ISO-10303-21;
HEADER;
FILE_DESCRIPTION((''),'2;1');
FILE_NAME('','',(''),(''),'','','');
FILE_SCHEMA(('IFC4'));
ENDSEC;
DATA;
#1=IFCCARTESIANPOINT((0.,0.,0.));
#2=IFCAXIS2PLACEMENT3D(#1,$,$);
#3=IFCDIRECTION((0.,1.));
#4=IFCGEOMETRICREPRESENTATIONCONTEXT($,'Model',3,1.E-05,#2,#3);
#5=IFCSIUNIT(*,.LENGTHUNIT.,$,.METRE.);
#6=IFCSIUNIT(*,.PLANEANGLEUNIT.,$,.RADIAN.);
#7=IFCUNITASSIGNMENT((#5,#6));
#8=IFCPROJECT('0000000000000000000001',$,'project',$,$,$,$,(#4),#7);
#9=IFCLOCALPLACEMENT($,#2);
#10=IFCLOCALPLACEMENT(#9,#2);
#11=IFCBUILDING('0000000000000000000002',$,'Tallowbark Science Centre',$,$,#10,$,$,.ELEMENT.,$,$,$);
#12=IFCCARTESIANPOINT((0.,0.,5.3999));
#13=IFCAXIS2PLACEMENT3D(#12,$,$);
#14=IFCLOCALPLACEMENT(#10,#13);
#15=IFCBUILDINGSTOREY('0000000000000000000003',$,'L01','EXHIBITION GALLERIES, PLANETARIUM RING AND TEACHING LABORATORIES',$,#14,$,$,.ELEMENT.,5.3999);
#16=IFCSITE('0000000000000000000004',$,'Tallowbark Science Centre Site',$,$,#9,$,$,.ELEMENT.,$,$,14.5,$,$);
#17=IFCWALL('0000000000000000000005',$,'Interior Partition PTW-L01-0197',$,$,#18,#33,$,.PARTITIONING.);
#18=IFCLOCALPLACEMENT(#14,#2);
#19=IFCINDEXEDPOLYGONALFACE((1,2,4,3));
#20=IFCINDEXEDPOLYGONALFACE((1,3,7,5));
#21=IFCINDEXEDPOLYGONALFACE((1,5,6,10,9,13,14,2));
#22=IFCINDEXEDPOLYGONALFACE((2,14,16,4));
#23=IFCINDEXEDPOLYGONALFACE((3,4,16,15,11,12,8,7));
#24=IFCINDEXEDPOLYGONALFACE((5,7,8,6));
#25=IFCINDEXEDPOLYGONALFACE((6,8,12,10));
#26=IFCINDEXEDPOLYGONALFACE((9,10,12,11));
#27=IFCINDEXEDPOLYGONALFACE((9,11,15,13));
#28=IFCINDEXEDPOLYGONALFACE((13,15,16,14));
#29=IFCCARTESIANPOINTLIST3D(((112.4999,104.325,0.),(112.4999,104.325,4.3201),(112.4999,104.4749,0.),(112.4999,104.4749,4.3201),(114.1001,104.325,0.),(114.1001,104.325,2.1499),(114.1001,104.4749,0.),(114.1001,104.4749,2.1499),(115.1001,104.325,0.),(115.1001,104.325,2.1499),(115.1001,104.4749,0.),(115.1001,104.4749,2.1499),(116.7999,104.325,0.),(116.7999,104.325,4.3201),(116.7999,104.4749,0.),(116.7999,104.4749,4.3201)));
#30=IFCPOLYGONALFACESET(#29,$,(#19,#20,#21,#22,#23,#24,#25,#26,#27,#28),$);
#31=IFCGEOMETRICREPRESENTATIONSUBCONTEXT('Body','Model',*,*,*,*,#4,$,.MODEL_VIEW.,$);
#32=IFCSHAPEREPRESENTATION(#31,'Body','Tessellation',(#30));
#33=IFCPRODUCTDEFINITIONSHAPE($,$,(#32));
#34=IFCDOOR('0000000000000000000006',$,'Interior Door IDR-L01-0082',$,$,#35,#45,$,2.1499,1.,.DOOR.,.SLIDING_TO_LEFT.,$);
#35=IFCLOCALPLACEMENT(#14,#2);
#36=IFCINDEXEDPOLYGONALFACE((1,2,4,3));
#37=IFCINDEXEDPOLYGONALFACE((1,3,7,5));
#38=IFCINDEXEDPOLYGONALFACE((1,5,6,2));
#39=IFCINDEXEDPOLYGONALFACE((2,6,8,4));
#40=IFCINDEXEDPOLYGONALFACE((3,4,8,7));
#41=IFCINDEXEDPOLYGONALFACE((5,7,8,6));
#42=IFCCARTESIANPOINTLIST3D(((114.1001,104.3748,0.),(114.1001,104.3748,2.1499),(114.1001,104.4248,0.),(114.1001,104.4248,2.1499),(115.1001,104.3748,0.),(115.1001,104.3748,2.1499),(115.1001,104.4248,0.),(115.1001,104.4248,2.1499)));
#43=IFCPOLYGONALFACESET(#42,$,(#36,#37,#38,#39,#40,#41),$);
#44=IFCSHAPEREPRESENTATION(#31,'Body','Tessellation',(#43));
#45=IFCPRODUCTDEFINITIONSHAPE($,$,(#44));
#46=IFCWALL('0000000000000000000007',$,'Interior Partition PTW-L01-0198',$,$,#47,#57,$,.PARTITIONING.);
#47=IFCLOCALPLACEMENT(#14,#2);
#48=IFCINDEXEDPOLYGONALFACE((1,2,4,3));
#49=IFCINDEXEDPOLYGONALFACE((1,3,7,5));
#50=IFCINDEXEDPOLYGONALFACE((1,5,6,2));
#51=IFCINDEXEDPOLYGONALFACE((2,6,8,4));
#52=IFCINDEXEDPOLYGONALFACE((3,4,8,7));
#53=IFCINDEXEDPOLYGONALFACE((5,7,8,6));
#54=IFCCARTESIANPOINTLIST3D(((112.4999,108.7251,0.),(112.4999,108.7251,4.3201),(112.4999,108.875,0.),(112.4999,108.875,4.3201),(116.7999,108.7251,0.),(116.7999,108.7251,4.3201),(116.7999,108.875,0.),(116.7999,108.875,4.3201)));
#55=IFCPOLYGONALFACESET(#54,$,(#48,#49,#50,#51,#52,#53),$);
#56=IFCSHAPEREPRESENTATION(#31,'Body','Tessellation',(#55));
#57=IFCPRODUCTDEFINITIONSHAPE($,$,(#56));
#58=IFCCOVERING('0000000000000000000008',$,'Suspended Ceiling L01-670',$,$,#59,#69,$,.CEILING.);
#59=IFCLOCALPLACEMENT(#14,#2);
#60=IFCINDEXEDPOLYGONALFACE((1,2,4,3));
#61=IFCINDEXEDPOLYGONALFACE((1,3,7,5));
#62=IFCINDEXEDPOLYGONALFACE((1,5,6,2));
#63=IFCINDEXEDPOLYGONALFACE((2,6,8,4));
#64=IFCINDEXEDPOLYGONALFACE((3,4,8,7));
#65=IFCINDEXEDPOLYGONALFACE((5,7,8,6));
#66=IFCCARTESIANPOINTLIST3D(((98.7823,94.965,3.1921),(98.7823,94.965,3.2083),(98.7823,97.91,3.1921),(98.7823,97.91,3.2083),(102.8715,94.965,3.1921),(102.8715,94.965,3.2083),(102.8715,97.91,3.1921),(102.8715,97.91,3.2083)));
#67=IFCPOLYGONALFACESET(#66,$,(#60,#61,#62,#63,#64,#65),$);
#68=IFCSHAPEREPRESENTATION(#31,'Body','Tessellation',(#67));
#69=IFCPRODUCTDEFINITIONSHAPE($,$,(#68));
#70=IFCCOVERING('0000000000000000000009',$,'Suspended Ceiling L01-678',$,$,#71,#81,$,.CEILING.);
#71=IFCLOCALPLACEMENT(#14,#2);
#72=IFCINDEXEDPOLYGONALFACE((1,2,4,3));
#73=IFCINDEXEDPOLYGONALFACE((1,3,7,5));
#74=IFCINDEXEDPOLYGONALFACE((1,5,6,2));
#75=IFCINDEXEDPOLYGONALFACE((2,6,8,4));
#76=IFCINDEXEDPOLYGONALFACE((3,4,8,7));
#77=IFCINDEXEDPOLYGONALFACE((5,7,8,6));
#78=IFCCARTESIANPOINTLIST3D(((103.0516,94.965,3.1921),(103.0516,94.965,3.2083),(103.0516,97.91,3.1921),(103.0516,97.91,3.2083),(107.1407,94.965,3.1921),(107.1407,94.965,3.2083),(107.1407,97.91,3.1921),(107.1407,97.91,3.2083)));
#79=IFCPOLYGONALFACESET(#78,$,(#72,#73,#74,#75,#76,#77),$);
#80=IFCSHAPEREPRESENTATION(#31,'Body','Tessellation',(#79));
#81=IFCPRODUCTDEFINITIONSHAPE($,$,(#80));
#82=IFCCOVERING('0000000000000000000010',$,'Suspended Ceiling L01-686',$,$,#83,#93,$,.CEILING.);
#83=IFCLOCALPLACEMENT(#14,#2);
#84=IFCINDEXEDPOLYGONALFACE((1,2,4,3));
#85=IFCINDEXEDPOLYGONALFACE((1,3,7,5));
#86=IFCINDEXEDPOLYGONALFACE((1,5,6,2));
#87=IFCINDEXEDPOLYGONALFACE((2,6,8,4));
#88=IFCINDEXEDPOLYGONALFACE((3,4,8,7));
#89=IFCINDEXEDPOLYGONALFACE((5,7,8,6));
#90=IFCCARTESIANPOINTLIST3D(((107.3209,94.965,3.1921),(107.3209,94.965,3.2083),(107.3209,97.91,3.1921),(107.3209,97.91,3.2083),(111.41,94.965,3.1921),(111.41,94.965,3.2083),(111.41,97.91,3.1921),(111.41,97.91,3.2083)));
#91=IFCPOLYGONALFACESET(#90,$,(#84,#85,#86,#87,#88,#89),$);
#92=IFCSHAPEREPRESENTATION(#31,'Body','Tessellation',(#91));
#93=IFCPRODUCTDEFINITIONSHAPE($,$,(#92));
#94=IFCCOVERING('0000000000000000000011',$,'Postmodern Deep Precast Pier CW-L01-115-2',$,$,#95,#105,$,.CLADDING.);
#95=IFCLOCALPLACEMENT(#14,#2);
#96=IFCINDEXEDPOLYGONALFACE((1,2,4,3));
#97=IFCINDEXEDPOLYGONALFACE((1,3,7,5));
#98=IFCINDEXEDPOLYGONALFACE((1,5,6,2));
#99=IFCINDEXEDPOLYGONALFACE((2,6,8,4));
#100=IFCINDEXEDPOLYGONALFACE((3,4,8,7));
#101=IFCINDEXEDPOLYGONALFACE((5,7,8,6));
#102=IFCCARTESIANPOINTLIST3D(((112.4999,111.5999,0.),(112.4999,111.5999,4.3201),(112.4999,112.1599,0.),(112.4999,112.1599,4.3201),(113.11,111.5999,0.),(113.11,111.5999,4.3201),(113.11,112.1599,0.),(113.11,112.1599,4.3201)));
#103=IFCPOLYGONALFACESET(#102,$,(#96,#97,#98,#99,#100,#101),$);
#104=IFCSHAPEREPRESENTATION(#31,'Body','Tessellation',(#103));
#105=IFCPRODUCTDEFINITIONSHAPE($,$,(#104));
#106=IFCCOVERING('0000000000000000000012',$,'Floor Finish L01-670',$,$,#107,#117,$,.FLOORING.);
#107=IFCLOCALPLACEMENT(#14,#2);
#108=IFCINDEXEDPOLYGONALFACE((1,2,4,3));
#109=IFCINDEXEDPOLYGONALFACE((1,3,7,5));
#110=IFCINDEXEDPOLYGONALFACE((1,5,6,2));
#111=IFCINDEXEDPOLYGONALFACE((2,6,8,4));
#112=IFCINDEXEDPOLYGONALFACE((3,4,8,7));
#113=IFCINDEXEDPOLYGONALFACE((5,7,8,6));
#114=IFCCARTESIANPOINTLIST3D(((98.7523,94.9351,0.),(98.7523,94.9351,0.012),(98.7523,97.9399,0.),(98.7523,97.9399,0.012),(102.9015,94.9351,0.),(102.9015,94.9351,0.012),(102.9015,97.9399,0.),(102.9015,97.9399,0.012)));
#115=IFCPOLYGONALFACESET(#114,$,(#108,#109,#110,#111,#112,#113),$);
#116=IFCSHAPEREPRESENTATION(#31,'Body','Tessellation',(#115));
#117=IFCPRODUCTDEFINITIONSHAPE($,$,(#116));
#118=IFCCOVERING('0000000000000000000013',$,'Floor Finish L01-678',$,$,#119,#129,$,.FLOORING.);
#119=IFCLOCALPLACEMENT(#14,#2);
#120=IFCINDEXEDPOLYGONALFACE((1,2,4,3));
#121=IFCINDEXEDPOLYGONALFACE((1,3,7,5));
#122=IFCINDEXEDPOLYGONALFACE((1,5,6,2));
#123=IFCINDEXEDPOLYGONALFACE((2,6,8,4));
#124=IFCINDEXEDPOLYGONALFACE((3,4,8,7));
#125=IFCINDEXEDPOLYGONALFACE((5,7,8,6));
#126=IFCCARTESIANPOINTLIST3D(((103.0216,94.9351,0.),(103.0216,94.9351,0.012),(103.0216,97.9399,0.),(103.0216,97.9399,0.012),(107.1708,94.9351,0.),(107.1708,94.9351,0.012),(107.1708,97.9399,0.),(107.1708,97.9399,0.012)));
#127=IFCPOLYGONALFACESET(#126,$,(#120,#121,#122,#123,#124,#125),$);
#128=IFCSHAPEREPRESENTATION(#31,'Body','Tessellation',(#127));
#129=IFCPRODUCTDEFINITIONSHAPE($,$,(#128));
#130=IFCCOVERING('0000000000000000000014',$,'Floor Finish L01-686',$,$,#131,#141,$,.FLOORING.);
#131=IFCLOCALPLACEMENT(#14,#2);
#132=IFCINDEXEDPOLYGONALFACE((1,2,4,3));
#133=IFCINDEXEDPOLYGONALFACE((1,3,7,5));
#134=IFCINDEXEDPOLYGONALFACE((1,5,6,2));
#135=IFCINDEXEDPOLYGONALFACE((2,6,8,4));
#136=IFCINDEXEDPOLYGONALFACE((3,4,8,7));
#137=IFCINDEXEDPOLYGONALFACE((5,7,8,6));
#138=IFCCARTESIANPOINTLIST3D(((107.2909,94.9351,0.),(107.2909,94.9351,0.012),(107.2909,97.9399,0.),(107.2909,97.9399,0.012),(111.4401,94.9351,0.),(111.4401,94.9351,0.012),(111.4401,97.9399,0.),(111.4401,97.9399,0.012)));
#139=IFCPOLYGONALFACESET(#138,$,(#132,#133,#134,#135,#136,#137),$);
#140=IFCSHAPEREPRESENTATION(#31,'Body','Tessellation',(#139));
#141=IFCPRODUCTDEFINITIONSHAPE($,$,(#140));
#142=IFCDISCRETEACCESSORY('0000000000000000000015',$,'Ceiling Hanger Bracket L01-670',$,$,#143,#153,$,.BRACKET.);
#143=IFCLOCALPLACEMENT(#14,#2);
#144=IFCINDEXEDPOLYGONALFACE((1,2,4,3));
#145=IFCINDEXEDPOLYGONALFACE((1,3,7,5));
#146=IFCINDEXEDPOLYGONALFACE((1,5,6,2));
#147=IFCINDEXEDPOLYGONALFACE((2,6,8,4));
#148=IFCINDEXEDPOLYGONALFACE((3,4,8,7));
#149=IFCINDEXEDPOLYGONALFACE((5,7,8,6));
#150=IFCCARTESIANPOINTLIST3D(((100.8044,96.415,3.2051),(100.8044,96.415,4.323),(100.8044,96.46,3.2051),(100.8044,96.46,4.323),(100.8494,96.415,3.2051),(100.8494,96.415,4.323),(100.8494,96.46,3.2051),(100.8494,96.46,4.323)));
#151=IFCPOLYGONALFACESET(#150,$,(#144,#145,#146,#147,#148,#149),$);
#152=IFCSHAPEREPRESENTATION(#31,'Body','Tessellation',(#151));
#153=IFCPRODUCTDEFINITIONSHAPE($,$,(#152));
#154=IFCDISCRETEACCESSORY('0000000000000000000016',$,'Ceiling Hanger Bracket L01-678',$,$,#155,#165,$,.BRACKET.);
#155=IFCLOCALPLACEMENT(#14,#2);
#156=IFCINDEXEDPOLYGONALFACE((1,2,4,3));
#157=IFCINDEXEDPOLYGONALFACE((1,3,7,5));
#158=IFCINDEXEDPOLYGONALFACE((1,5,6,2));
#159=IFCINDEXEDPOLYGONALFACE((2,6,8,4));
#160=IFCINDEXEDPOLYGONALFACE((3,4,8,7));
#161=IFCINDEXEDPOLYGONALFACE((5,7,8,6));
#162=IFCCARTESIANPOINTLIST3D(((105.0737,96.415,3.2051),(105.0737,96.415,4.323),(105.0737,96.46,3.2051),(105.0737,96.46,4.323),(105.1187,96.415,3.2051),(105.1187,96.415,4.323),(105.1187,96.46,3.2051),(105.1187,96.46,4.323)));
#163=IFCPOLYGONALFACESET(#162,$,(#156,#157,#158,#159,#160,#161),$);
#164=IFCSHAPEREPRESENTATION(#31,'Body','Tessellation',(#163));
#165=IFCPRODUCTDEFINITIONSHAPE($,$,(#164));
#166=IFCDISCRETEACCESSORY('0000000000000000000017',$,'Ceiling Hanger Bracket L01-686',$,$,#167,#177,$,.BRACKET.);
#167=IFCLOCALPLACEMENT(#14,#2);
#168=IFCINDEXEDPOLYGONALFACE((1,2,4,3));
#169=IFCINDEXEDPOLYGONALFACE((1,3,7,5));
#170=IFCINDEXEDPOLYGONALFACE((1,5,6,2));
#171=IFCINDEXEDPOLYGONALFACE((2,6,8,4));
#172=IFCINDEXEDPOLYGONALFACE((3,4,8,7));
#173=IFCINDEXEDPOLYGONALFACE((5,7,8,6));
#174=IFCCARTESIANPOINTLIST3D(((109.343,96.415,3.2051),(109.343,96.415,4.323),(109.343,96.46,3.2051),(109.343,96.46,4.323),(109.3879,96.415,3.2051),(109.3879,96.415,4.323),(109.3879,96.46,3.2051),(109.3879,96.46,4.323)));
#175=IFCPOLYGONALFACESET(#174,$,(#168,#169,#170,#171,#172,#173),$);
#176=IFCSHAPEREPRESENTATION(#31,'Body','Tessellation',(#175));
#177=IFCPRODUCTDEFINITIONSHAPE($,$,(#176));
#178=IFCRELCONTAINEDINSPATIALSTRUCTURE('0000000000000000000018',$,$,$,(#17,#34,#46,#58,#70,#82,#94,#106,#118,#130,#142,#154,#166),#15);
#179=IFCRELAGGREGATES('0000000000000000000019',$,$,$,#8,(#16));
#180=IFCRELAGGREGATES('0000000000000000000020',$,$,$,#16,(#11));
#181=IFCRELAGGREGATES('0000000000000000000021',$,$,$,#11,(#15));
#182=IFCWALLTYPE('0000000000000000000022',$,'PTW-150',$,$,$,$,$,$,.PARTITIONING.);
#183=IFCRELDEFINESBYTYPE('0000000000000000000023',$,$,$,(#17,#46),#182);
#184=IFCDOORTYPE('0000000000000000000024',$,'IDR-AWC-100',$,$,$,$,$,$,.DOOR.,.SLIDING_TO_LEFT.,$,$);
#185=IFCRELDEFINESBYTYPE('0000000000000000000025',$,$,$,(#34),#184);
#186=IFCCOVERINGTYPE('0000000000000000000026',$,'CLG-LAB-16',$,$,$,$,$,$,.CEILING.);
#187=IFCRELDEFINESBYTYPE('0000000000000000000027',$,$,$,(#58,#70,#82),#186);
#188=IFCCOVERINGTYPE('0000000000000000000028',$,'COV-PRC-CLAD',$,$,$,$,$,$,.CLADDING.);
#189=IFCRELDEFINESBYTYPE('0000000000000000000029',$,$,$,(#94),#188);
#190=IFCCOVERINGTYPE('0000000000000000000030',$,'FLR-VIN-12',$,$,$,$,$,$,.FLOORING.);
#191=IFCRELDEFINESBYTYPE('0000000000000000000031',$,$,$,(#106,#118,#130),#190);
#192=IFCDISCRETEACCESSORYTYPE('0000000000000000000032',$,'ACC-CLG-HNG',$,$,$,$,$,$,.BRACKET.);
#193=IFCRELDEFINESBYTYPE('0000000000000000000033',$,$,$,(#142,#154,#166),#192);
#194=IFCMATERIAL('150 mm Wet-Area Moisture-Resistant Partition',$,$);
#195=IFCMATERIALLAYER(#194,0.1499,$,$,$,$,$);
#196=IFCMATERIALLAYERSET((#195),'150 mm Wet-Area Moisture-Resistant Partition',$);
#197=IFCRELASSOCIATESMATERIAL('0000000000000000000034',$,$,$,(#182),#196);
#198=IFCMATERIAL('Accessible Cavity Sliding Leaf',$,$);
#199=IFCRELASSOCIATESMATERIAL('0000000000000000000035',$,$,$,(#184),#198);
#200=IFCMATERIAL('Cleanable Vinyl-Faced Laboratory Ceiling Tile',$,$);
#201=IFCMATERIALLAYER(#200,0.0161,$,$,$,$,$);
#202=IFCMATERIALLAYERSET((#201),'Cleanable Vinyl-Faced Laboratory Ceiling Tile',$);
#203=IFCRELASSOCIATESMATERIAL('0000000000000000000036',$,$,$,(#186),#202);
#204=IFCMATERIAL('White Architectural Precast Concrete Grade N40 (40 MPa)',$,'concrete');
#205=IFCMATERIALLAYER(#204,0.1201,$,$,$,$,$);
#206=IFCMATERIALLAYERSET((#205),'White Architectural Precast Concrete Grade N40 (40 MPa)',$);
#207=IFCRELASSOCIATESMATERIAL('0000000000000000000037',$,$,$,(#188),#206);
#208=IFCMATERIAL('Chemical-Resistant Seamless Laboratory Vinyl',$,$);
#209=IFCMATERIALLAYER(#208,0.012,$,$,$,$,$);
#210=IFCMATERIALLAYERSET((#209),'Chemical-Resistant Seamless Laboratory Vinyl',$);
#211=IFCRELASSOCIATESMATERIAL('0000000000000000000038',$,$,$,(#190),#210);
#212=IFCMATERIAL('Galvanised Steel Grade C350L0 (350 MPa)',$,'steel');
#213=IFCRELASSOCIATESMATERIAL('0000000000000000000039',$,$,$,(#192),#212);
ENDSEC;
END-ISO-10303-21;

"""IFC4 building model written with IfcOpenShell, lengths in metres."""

from ifc_helpers import new_model, si_unit, direction, frame, frame_2d, origin, origin_2d, place, context, subcontext, project, spatial, rectangle, extrude, material, layer, layer_set, type_object, element, fill, save


model = new_model("IFC4")

# Units and contexts
model_context = context("Model", 3, precision=1e-05, world=origin(), true_north=direction((0.0, 1.0)))
body_context = subcontext(model_context, "Body", "Model", "MODEL_VIEW")
ifc_project = project(units=[si_unit("LENGTHUNIT", "METRE"), si_unit("PLANEANGLEUNIT", "RADIAN")], contexts=[model_context])

# Site, building, storey
site_placement = place(None, origin())
site = spatial("IfcSite", under=ifc_project, at=site_placement, Name="Tallowbark Science Centre Site", CompositionType="ELEMENT", RefElevation=14.5)
building_placement = place(site_placement, origin())
building = spatial("IfcBuilding", under=site, at=building_placement, Name="Tallowbark Science Centre", CompositionType="ELEMENT")
storey_placement = place(building_placement, frame((0.0, 0.0, 5.3999)))
storey = spatial("IfcBuildingStorey", under=building, at=storey_placement, Name="L01", Description="EXHIBITION GALLERIES, PLANETARIUM RING AND TEACHING LABORATORIES", CompositionType="ELEMENT", Elevation=5.3999)

# Wall, opening, door
ifc_material_1 = material(Name="150 mm Wet-Area Moisture-Resistant Partition")
ifc_layer_1 = layer(ifc_material_1, 0.1499)
ifc_layer_set_1 = layer_set([ifc_layer_1], Name="150 mm Wet-Area Moisture-Resistant Partition")
wall_type_1 = type_object("IfcWallType", Name="PTW-150", PredefinedType="PARTITIONING", material=ifc_layer_set_1)
wall_1_placement = place(storey_placement, frame((112.5, 104.3999, 0.0), z_axis=(0.0, 0.0, 1.0), x_axis=(1.0, 0.0, 0.0)))
wall_1 = element("IfcWall", 1, at=wall_1_placement, inside=storey, type_object=wall_type_1, Name="Interior Partition PTW-L01-0197", PredefinedType="PARTITIONING", context=body_context, shape_type="SweptSolid", body=[
    extrude(rectangle(XDim=4.3, YDim=0.1499, at=frame_2d((2.1499, 0.0))), origin(), (0.0, 0.0, 1.0), 4.3201),
])
opening_1_placement = place(wall_1_placement, frame((1.6001, 0.0, 0.0)))
opening_1 = element("IfcOpeningElement", 2, at=opening_1_placement, cuts=wall_1, PredefinedType="OPENING", context=body_context, shape_type="SweptSolid", body=[
    extrude(rectangle(XDim=1.0, YDim=2.1499, at=frame_2d((0.5, 1.075))), frame((0.0, 0.085, 0.0), z_axis=(0.0, -1.0, 0.0), x_axis=(1.0, 0.0, 0.0)), (0.0, 0.0, 1.0), 0.1699),
])
ifc_material_2 = material(Name="Accessible Cavity Sliding Leaf")
door_type = type_object("IfcDoorType", Name="IDR-AWC-100", OperationType="SLIDING_TO_LEFT", PredefinedType="DOOR", material=ifc_material_2)
door_placement = place(opening_1_placement, origin())
door = element("IfcDoor", 3, at=door_placement, inside=storey, type_object=door_type, Name="Interior Door IDR-L01-0082", OperationType="SLIDING_TO_LEFT", OverallHeight=2.1499, OverallWidth=1.0, PredefinedType="DOOR", context=body_context, shape_type="SweptSolid", body=[
    extrude(rectangle(XDim=1.0, YDim=2.1499, at=frame_2d((0.5, 1.075))), frame((0.0, 0.0249, 0.0), z_axis=(0.0, -1.0, 0.0), x_axis=(1.0, 0.0, 0.0)), (0.0, 0.0, 1.0), 0.05),
])
fill(opening_1, door)

# Wall
wall_2_placement = place(storey_placement, frame((112.5, 108.8, 0.0), z_axis=(0.0, 0.0, 1.0), x_axis=(1.0, 0.0, 0.0)))
element("IfcWall", 4, at=wall_2_placement, inside=storey, type_object=wall_type_1, Name="Interior Partition PTW-L01-0198", PredefinedType="PARTITIONING", context=body_context, shape_type="SweptSolid", body=[
    extrude(rectangle(XDim=4.3, YDim=0.1499, at=frame_2d((2.1499, 0.0))), origin(), (0.0, 0.0, 1.0), 4.3201),
])

# Coverings
ifc_material_3 = material(Name="Cleanable Vinyl-Faced Laboratory Ceiling Tile")
ifc_layer_2 = layer(ifc_material_3, 0.0161)
ifc_layer_set_2 = layer_set([ifc_layer_2], Name="Cleanable Vinyl-Faced Laboratory Ceiling Tile")
covering_type_1 = type_object("IfcCoveringType", Name="CLG-LAB-16", PredefinedType="CEILING", material=ifc_layer_set_2)
for number, where, z_axis, x_axis, name in (
    (5, (100.8269, 96.4375, 3.1921), (0.0, 0.0, 1.0), (1.0, 0.0, 0.0), "Suspended Ceiling L01-670"),
    (6, (105.0962, 96.4375, 3.1921), (0.0, 0.0, 1.0), (1.0, 0.0, 0.0), "Suspended Ceiling L01-678"),
    (7, (109.3655, 96.4375, 3.1921), (0.0, 0.0, 1.0), (1.0, 0.0, 0.0), "Suspended Ceiling L01-686"),
):
    element("IfcCovering", number, at=place(storey_placement, frame(where, z_axis=z_axis, x_axis=x_axis)), inside=storey, type_object=covering_type_1, Name=name, PredefinedType="CEILING", context=body_context, shape_type="SweptSolid", body=[
        extrude(rectangle(XDim=4.0891, YDim=2.9451, at=origin_2d()), origin(), (0.0, 0.0, 1.0), 0.0161),
    ])
ifc_material_4 = material(Name="White Architectural Precast Concrete Grade N40 (40 MPa)", Category="concrete")
ifc_layer_3 = layer(ifc_material_4, 0.1201)
ifc_layer_set_3 = layer_set([ifc_layer_3], Name="White Architectural Precast Concrete Grade N40 (40 MPa)")
covering_type_2 = type_object("IfcCoveringType", Name="COV-PRC-CLAD", PredefinedType="CLADDING", material=ifc_layer_set_3)
covering_placement = place(storey_placement, frame((112.8049, 111.8799, 0.0), z_axis=(0.0, 0.0, 1.0), x_axis=(-1.0, 0.0, 0.0)))
element("IfcCovering", 8, at=covering_placement, inside=storey, type_object=covering_type_2, Name="Postmodern Deep Precast Pier CW-L01-115-2", PredefinedType="CLADDING", context=body_context, shape_type="SweptSolid", body=[
    extrude(rectangle(XDim=0.6101, YDim=0.5601, at=origin_2d()), origin(), (0.0, 0.0, 1.0), 4.3201),
])
ifc_material_5 = material(Name="Chemical-Resistant Seamless Laboratory Vinyl")
ifc_layer_4 = layer(ifc_material_5, 0.012)
ifc_layer_set_4 = layer_set([ifc_layer_4], Name="Chemical-Resistant Seamless Laboratory Vinyl")
covering_type_3 = type_object("IfcCoveringType", Name="FLR-VIN-12", PredefinedType="FLOORING", material=ifc_layer_set_4)
for number, where, z_axis, x_axis, name in (
    (9, (100.8269, 96.4375, 0.0), (0.0, 0.0, 1.0), (1.0, 0.0, 0.0), "Floor Finish L01-670"),
    (10, (105.0962, 96.4375, 0.0), (0.0, 0.0, 1.0), (1.0, 0.0, 0.0), "Floor Finish L01-678"),
    (11, (109.3655, 96.4375, 0.0), (0.0, 0.0, 1.0), (1.0, 0.0, 0.0), "Floor Finish L01-686"),
):
    element("IfcCovering", number, at=place(storey_placement, frame(where, z_axis=z_axis, x_axis=x_axis)), inside=storey, type_object=covering_type_3, Name=name, PredefinedType="FLOORING", context=body_context, shape_type="SweptSolid", body=[
        extrude(rectangle(XDim=4.1492, YDim=3.0049, at=origin_2d()), origin(), (0.0, 0.0, 1.0), 0.012),
    ])

# Discrete accessories
ifc_material_6 = material(Name="Galvanised Steel Grade C350L0 (350 MPa)", Category="steel")
discrete_accessory_type = type_object("IfcDiscreteAccessoryType", Name="ACC-CLG-HNG", PredefinedType="BRACKET", material=ifc_material_6)
for number, where, z_axis, x_axis, name in (
    (12, (100.8269, 96.4375, 3.2051), (0.0, 0.0, 1.0), (1.0, 0.0, 0.0), "Ceiling Hanger Bracket L01-670"),
    (13, (105.0962, 96.4375, 3.2051), (0.0, 0.0, 1.0), (1.0, 0.0, 0.0), "Ceiling Hanger Bracket L01-678"),
    (14, (109.3655, 96.4375, 3.2051), (0.0, 0.0, 1.0), (1.0, 0.0, 0.0), "Ceiling Hanger Bracket L01-686"),
):
    element("IfcDiscreteAccessory", number, at=place(storey_placement, frame(where, z_axis=z_axis, x_axis=x_axis)), inside=storey, type_object=discrete_accessory_type, Name=name, PredefinedType="BRACKET", context=body_context, shape_type="SweptSolid", body=[
        extrude(rectangle(XDim=0.0449, YDim=0.0449, at=origin_2d()), origin(), (0.0, 0.0, 1.0), 1.1179),
    ])

save(model, "model.ifc")
